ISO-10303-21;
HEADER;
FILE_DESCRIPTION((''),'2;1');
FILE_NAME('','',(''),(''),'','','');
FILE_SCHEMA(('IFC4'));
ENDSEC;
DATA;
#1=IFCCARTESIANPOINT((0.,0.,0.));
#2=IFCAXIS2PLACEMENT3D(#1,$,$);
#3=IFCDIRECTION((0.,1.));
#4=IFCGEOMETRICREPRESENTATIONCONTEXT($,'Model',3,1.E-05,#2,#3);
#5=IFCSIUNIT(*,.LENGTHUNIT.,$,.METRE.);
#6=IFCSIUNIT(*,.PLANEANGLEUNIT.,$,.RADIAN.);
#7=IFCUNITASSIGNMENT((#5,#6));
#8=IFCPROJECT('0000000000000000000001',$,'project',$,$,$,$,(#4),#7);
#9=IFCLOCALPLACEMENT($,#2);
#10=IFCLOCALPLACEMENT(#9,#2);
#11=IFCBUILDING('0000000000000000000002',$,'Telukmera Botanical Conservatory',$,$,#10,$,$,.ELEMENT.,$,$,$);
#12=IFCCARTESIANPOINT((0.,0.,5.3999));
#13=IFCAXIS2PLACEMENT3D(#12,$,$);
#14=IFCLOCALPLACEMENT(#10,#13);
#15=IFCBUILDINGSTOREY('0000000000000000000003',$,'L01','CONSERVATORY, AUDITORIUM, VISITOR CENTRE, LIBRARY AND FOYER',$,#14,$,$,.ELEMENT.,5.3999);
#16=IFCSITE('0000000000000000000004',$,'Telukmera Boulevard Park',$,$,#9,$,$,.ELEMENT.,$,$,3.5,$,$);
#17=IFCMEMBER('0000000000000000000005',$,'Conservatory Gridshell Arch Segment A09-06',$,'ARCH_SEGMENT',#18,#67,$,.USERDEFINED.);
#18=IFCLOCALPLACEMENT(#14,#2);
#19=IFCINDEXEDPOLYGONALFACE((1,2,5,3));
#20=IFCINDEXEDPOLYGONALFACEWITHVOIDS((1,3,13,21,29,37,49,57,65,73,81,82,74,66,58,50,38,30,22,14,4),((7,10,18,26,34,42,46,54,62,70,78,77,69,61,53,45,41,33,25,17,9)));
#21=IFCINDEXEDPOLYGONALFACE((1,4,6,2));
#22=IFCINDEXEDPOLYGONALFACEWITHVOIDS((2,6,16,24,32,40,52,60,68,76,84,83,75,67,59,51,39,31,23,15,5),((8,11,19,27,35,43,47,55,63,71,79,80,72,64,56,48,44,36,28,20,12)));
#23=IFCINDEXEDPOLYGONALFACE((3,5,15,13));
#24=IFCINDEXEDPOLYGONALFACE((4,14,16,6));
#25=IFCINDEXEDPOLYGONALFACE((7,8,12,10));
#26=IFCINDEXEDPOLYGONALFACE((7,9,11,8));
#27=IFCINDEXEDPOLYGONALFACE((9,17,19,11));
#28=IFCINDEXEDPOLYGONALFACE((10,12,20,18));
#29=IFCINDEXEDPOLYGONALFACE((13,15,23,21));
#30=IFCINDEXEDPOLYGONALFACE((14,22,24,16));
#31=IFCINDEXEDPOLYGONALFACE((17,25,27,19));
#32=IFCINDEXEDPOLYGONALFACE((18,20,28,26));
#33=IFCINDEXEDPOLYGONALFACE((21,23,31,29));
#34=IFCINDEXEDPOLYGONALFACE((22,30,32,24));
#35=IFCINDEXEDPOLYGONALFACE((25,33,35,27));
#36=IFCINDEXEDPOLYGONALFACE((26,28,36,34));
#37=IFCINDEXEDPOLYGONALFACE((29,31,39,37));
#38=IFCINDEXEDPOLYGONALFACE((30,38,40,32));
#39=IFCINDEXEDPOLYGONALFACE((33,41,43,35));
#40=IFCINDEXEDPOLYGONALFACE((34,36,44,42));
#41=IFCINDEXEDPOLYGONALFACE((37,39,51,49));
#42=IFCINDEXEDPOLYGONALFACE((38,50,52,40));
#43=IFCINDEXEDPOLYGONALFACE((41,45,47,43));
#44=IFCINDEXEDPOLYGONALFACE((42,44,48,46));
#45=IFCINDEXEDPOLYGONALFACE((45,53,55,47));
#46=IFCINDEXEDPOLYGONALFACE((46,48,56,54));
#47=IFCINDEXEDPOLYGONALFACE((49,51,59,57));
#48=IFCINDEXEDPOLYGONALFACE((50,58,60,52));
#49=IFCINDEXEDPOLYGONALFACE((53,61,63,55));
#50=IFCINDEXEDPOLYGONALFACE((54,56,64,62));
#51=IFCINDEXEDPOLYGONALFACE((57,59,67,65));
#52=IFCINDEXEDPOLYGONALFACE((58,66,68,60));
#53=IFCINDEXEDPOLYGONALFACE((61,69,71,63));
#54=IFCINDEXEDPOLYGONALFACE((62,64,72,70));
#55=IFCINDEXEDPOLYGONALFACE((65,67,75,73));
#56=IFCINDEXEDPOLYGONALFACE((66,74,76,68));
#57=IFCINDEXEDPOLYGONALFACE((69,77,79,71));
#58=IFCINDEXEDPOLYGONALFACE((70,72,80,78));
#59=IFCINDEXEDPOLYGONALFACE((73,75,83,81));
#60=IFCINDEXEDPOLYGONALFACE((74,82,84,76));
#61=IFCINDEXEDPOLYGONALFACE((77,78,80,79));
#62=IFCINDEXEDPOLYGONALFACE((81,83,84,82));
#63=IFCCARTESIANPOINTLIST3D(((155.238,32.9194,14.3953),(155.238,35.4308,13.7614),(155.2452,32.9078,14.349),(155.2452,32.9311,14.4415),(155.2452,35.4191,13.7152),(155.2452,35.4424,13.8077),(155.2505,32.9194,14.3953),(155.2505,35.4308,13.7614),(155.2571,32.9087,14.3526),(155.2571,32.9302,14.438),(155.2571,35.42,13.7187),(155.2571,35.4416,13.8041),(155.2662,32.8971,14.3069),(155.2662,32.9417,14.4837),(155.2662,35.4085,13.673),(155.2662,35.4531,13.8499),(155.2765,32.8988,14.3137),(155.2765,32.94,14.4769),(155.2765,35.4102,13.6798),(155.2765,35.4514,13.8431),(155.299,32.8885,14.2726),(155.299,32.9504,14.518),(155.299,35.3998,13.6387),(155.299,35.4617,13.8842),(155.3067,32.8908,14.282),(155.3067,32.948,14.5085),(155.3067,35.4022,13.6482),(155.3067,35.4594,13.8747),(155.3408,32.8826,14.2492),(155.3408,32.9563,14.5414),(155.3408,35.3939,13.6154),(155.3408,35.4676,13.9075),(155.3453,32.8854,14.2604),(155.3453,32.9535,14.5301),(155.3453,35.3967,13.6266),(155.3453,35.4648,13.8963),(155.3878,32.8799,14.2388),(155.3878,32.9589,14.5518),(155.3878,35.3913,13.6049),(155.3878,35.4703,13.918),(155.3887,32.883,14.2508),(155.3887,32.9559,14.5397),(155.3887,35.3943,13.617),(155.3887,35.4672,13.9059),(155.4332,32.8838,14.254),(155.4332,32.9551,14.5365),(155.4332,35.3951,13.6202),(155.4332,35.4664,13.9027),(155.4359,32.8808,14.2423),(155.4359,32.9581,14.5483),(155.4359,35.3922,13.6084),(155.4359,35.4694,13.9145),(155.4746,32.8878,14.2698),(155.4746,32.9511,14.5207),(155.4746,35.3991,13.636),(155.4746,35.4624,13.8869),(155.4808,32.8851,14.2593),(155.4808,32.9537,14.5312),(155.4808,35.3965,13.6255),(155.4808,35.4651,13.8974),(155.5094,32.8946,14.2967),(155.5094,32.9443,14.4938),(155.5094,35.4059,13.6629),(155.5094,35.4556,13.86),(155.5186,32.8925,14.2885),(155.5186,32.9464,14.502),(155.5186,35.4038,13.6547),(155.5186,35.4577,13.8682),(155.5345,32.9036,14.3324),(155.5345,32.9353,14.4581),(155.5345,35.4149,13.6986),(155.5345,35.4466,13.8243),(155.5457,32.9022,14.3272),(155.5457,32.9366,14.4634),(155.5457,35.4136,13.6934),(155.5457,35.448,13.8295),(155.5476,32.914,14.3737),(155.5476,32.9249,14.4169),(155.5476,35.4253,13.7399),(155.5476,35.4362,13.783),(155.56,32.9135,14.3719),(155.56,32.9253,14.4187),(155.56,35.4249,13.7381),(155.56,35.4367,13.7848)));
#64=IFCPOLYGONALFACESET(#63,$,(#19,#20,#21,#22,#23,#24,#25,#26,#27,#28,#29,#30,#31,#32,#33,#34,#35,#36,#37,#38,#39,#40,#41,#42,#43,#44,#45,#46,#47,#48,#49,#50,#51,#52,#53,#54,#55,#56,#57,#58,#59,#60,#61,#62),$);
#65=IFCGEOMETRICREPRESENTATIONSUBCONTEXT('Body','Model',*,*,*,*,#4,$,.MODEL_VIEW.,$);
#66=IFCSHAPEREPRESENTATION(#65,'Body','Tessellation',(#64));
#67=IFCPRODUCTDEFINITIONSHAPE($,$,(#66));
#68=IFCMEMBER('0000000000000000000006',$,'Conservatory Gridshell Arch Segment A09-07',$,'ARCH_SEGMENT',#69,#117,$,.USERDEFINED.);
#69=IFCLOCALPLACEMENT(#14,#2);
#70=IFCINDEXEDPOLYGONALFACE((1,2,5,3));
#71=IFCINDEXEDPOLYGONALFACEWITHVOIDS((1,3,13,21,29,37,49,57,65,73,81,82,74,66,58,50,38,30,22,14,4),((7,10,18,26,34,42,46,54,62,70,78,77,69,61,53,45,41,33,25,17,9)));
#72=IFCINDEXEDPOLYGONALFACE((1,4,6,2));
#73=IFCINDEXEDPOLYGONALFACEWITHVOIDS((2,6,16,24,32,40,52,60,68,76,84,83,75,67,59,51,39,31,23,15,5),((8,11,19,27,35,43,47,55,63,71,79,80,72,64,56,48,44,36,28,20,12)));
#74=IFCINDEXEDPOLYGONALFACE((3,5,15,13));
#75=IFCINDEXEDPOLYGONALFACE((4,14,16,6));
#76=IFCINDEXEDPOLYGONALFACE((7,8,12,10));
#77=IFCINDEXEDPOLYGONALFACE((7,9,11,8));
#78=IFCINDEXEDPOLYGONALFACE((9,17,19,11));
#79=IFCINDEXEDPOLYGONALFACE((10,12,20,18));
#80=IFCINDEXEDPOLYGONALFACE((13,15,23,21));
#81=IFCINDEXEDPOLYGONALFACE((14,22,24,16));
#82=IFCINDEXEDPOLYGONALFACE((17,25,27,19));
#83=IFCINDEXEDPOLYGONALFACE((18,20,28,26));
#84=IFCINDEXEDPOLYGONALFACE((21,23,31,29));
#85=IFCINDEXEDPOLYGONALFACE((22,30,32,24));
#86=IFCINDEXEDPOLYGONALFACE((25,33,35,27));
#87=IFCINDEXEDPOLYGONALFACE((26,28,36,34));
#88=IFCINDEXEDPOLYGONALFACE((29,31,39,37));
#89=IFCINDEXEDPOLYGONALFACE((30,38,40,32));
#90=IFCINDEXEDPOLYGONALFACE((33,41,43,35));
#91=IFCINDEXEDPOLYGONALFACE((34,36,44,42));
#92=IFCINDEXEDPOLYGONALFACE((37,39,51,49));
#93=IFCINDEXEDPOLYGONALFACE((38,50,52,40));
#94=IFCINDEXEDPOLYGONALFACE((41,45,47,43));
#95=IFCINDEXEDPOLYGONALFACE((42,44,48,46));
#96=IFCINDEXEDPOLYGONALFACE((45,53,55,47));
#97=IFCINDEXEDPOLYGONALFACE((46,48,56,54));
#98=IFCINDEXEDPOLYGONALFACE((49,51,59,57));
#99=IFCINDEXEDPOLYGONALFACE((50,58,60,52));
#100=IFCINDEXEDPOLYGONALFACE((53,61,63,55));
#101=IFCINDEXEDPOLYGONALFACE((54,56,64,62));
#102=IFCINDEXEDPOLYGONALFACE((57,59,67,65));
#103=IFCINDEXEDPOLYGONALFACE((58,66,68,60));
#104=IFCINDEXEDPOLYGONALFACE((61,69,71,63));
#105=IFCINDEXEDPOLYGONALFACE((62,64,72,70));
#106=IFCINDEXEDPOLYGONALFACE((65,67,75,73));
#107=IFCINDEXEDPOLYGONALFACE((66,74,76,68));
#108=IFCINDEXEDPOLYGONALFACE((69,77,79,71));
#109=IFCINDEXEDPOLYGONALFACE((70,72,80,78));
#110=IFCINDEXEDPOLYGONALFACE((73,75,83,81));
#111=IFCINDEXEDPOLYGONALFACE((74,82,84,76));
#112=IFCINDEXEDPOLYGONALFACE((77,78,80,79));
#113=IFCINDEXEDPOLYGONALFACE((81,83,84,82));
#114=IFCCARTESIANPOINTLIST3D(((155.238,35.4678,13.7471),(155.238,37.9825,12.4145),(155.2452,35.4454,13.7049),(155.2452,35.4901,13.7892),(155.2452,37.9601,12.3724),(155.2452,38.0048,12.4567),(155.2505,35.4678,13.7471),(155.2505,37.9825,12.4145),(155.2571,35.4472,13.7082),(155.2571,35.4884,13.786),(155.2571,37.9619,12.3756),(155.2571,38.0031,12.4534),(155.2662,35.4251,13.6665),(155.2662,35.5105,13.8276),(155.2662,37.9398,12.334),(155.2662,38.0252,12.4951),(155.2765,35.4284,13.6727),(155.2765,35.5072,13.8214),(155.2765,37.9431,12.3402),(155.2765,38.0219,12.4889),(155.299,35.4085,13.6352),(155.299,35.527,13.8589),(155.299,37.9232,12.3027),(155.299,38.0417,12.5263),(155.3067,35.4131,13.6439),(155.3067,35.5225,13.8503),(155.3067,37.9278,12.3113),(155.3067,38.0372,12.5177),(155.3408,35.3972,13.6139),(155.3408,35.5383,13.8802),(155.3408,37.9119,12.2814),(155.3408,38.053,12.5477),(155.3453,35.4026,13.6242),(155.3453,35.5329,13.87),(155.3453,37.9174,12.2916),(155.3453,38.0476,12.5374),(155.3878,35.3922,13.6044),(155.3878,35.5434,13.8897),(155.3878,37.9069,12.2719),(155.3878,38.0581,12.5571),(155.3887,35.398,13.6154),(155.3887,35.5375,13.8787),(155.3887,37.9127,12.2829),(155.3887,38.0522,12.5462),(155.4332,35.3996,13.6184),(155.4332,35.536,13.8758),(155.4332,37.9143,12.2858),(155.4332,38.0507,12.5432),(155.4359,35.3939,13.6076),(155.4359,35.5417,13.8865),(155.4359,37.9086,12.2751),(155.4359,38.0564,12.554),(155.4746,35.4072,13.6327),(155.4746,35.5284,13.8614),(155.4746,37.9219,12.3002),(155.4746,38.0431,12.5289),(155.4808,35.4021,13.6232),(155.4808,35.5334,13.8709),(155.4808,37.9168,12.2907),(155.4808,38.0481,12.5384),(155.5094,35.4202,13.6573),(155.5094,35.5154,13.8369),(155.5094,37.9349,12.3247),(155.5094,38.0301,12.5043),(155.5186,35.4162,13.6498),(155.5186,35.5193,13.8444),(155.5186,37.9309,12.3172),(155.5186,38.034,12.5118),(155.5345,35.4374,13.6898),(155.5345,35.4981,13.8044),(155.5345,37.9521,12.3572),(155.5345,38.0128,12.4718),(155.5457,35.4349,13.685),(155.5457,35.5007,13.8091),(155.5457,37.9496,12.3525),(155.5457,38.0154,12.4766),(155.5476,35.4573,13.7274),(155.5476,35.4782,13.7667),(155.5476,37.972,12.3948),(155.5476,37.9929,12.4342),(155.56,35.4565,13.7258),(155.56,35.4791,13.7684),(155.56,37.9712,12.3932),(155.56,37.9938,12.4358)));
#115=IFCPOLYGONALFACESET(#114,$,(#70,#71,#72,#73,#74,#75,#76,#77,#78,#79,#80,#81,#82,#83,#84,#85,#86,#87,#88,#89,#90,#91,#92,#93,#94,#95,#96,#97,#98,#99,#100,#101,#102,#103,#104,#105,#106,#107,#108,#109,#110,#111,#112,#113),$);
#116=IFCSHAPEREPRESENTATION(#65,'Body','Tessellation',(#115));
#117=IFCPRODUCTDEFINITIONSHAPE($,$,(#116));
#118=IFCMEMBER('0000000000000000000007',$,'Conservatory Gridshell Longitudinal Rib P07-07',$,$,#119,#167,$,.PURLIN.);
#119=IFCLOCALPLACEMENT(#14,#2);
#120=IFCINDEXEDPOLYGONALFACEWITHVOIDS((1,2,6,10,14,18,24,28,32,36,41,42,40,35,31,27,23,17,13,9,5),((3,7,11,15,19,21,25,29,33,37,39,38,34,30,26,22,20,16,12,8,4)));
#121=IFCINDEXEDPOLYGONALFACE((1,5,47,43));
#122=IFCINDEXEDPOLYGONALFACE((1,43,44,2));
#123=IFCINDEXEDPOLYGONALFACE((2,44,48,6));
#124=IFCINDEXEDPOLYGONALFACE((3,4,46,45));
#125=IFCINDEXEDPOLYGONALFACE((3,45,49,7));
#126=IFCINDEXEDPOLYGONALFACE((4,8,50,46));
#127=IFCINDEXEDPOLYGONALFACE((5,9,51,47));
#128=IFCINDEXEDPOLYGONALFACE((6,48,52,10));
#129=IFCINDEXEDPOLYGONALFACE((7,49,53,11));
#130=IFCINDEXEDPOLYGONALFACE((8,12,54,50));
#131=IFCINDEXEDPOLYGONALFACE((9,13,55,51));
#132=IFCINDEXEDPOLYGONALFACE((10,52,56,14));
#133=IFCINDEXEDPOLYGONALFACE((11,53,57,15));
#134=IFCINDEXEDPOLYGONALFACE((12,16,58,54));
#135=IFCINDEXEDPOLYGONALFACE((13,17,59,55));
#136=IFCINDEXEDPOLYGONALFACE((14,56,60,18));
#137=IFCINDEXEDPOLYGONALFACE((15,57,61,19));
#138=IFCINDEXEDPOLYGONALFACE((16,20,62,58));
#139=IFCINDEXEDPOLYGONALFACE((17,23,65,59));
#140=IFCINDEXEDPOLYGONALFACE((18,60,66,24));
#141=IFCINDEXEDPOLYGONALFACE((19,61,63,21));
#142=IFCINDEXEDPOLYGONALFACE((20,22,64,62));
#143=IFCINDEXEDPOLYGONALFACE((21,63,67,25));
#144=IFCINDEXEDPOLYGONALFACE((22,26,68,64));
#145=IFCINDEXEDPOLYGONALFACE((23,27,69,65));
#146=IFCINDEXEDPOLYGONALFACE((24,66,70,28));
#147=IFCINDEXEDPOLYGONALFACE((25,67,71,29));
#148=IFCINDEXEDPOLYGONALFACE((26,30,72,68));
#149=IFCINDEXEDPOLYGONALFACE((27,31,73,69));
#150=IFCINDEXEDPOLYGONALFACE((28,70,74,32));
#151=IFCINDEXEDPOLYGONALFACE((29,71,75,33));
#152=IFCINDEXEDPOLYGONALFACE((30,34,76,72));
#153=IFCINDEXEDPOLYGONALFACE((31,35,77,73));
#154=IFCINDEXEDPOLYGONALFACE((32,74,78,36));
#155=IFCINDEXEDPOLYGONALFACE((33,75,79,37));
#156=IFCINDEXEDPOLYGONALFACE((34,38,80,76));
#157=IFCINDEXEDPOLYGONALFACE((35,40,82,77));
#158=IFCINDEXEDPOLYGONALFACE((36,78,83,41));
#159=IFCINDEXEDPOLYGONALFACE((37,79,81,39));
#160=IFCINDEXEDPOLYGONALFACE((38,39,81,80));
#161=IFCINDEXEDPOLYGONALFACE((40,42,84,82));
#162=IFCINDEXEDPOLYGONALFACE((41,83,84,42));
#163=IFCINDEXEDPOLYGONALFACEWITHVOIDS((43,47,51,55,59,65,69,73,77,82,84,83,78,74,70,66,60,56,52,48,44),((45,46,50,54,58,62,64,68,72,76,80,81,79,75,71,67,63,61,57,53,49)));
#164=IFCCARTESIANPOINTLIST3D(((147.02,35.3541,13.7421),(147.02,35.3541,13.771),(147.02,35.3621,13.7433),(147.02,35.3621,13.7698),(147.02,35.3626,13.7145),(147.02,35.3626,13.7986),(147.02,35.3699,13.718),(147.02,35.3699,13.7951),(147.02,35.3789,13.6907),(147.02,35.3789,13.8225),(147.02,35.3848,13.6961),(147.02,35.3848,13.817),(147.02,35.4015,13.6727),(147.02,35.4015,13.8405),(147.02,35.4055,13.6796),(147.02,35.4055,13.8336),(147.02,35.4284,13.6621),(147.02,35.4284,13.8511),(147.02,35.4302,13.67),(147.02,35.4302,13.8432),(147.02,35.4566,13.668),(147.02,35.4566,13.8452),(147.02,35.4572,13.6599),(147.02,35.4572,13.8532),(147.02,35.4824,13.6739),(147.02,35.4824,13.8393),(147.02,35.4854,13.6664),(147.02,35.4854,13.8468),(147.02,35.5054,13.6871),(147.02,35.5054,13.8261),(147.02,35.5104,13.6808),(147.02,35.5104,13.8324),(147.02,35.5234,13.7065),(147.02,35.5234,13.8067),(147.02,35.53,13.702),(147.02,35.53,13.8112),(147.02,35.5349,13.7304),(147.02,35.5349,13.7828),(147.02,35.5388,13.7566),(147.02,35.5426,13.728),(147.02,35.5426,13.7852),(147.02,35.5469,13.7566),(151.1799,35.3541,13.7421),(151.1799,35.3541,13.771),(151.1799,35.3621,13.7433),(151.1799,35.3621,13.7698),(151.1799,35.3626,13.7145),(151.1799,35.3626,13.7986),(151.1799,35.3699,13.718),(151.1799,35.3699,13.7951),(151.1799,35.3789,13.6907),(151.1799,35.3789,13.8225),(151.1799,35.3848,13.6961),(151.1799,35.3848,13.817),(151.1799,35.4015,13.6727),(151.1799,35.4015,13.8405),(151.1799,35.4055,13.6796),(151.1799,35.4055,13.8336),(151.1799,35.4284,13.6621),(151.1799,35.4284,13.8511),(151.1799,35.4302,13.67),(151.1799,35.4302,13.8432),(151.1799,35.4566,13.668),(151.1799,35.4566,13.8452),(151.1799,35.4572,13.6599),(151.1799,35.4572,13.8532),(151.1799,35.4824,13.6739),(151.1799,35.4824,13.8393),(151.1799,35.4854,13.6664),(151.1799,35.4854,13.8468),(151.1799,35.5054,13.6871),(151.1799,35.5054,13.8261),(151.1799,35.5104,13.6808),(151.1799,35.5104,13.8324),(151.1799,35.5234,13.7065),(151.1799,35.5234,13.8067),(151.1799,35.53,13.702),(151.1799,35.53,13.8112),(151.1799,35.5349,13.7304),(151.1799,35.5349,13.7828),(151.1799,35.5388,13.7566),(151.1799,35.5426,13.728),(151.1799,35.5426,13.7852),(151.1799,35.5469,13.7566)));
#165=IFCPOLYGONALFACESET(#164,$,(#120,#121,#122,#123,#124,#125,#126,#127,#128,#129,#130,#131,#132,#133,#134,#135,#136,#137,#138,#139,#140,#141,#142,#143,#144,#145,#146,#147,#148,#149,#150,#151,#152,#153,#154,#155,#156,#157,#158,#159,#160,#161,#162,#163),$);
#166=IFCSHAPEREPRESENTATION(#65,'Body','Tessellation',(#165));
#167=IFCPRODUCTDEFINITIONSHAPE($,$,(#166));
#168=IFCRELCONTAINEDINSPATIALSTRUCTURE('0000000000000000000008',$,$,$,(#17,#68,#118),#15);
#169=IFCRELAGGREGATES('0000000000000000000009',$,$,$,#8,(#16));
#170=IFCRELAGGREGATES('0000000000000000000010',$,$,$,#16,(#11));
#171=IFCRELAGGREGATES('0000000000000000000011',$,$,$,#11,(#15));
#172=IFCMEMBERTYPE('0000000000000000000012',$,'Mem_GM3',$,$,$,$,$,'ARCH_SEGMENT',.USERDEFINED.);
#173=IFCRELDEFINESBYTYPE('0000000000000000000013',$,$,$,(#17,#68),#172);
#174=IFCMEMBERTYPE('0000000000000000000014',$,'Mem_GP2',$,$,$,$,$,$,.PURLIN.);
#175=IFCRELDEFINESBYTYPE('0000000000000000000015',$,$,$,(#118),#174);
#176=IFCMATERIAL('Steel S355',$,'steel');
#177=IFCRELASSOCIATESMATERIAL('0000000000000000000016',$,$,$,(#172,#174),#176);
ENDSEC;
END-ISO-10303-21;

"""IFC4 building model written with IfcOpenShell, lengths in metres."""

from ifc_helpers import new_model, si_unit, direction, frame, origin, origin_2d, place, context, subcontext, project, spatial, hollow_circle, extrude, material, material_profile, profile_set, type_object, element, save


model = new_model("IFC4")

# Units and contexts
model_context = context("Model", 3, precision=1e-05, world=origin(), true_north=direction((0.0, 1.0)))
body_context = subcontext(model_context, "Body", "Model", "MODEL_VIEW")
ifc_project = project(units=[si_unit("LENGTHUNIT", "METRE"), si_unit("PLANEANGLEUNIT", "RADIAN")], contexts=[model_context])

# Site, building, storey
site_placement = place(None, origin())
site = spatial("IfcSite", under=ifc_project, at=site_placement, Name="Telukmera Boulevard Park", CompositionType="ELEMENT", RefElevation=3.5)
building_placement = place(site_placement, origin())
building = spatial("IfcBuilding", under=site, at=building_placement, Name="Telukmera Botanical Conservatory", CompositionType="ELEMENT")
storey_placement = place(building_placement, frame((0.0, 0.0, 5.3999)))
storey = spatial("IfcBuildingStorey", under=building, at=storey_placement, Name="L01", Description="CONSERVATORY, AUDITORIUM, VISITOR CENTRE, LIBRARY AND FOYER", CompositionType="ELEMENT", Elevation=5.3999)

# Shared definitions
ifc_material = material(Name="Steel S355", Category="steel")

# Members
ifc_material_profile_1 = material_profile(ifc_material, hollow_circle(Radius=0.1619, WallThickness=0.0125, at=origin_2d()), Name="CHS 323.9x12.5")
ifc_profile_set_1 = profile_set([ifc_material_profile_1], Name="Steel S355")
member_type_1 = type_object("IfcMemberType", Name="Mem_GM3", ElementType="ARCH_SEGMENT", PredefinedType="USERDEFINED", material=ifc_profile_set_1)
member_1_placement = place(storey_placement, frame((155.3999, 32.9194, 14.3953), z_axis=(0.0, 0.969597, -0.244709), x_axis=(-1.0, 0.0, 0.0)))
element("IfcMember", 1, at=member_1_placement, inside=storey, type_object=member_type_1, Name="Conservatory Gridshell Arch Segment A09-06", ObjectType="ARCH_SEGMENT", PredefinedType="USERDEFINED", context=body_context, shape_type="SweptSolid", body=[
    extrude(hollow_circle(Radius=0.1619, WallThickness=0.0125, at=origin_2d()), origin(), (0.0, 0.0, 1.0), 2.5901),
])
member_2_placement = place(storey_placement, frame((155.3999, 35.4678, 13.7471), z_axis=(0.0, 0.883608, -0.468227), x_axis=(-1.0, 0.0, 0.0)))
element("IfcMember", 2, at=member_2_placement, inside=storey, type_object=member_type_1, Name="Conservatory Gridshell Arch Segment A09-07", ObjectType="ARCH_SEGMENT", PredefinedType="USERDEFINED", context=body_context, shape_type="SweptSolid", body=[
    extrude(hollow_circle(Radius=0.1619, WallThickness=0.0125, at=origin_2d()), origin(), (0.0, 0.0, 1.0), 2.8459),
])
ifc_material_profile_2 = material_profile(ifc_material, hollow_circle(Radius=0.0969, WallThickness=0.0081, at=origin_2d()), Name="CHS 193.7x8.0")
ifc_profile_set_2 = profile_set([ifc_material_profile_2], Name="Steel S355")
member_type_2 = type_object("IfcMemberType", Name="Mem_GP2", PredefinedType="PURLIN", material=ifc_profile_set_2)
for number, where, z_axis, x_axis, name in (
    (3, (147.02, 35.45, 13.7566), (1.0, 0.0, 0.0), (0.0, 1.0, 0.0), "Conservatory Gridshell Longitudinal Rib P07-07"),
):
    element("IfcMember", number, at=place(storey_placement, frame(where, z_axis=z_axis, x_axis=x_axis)), inside=storey, type_object=member_type_2, Name=name, PredefinedType="PURLIN", context=body_context, shape_type="SweptSolid", body=[
        extrude(hollow_circle(Radius=0.0969, WallThickness=0.0081, at=origin_2d()), origin(), (0.0, 0.0, 1.0), 4.1599),
    ])

save(model, "model.ifc")
